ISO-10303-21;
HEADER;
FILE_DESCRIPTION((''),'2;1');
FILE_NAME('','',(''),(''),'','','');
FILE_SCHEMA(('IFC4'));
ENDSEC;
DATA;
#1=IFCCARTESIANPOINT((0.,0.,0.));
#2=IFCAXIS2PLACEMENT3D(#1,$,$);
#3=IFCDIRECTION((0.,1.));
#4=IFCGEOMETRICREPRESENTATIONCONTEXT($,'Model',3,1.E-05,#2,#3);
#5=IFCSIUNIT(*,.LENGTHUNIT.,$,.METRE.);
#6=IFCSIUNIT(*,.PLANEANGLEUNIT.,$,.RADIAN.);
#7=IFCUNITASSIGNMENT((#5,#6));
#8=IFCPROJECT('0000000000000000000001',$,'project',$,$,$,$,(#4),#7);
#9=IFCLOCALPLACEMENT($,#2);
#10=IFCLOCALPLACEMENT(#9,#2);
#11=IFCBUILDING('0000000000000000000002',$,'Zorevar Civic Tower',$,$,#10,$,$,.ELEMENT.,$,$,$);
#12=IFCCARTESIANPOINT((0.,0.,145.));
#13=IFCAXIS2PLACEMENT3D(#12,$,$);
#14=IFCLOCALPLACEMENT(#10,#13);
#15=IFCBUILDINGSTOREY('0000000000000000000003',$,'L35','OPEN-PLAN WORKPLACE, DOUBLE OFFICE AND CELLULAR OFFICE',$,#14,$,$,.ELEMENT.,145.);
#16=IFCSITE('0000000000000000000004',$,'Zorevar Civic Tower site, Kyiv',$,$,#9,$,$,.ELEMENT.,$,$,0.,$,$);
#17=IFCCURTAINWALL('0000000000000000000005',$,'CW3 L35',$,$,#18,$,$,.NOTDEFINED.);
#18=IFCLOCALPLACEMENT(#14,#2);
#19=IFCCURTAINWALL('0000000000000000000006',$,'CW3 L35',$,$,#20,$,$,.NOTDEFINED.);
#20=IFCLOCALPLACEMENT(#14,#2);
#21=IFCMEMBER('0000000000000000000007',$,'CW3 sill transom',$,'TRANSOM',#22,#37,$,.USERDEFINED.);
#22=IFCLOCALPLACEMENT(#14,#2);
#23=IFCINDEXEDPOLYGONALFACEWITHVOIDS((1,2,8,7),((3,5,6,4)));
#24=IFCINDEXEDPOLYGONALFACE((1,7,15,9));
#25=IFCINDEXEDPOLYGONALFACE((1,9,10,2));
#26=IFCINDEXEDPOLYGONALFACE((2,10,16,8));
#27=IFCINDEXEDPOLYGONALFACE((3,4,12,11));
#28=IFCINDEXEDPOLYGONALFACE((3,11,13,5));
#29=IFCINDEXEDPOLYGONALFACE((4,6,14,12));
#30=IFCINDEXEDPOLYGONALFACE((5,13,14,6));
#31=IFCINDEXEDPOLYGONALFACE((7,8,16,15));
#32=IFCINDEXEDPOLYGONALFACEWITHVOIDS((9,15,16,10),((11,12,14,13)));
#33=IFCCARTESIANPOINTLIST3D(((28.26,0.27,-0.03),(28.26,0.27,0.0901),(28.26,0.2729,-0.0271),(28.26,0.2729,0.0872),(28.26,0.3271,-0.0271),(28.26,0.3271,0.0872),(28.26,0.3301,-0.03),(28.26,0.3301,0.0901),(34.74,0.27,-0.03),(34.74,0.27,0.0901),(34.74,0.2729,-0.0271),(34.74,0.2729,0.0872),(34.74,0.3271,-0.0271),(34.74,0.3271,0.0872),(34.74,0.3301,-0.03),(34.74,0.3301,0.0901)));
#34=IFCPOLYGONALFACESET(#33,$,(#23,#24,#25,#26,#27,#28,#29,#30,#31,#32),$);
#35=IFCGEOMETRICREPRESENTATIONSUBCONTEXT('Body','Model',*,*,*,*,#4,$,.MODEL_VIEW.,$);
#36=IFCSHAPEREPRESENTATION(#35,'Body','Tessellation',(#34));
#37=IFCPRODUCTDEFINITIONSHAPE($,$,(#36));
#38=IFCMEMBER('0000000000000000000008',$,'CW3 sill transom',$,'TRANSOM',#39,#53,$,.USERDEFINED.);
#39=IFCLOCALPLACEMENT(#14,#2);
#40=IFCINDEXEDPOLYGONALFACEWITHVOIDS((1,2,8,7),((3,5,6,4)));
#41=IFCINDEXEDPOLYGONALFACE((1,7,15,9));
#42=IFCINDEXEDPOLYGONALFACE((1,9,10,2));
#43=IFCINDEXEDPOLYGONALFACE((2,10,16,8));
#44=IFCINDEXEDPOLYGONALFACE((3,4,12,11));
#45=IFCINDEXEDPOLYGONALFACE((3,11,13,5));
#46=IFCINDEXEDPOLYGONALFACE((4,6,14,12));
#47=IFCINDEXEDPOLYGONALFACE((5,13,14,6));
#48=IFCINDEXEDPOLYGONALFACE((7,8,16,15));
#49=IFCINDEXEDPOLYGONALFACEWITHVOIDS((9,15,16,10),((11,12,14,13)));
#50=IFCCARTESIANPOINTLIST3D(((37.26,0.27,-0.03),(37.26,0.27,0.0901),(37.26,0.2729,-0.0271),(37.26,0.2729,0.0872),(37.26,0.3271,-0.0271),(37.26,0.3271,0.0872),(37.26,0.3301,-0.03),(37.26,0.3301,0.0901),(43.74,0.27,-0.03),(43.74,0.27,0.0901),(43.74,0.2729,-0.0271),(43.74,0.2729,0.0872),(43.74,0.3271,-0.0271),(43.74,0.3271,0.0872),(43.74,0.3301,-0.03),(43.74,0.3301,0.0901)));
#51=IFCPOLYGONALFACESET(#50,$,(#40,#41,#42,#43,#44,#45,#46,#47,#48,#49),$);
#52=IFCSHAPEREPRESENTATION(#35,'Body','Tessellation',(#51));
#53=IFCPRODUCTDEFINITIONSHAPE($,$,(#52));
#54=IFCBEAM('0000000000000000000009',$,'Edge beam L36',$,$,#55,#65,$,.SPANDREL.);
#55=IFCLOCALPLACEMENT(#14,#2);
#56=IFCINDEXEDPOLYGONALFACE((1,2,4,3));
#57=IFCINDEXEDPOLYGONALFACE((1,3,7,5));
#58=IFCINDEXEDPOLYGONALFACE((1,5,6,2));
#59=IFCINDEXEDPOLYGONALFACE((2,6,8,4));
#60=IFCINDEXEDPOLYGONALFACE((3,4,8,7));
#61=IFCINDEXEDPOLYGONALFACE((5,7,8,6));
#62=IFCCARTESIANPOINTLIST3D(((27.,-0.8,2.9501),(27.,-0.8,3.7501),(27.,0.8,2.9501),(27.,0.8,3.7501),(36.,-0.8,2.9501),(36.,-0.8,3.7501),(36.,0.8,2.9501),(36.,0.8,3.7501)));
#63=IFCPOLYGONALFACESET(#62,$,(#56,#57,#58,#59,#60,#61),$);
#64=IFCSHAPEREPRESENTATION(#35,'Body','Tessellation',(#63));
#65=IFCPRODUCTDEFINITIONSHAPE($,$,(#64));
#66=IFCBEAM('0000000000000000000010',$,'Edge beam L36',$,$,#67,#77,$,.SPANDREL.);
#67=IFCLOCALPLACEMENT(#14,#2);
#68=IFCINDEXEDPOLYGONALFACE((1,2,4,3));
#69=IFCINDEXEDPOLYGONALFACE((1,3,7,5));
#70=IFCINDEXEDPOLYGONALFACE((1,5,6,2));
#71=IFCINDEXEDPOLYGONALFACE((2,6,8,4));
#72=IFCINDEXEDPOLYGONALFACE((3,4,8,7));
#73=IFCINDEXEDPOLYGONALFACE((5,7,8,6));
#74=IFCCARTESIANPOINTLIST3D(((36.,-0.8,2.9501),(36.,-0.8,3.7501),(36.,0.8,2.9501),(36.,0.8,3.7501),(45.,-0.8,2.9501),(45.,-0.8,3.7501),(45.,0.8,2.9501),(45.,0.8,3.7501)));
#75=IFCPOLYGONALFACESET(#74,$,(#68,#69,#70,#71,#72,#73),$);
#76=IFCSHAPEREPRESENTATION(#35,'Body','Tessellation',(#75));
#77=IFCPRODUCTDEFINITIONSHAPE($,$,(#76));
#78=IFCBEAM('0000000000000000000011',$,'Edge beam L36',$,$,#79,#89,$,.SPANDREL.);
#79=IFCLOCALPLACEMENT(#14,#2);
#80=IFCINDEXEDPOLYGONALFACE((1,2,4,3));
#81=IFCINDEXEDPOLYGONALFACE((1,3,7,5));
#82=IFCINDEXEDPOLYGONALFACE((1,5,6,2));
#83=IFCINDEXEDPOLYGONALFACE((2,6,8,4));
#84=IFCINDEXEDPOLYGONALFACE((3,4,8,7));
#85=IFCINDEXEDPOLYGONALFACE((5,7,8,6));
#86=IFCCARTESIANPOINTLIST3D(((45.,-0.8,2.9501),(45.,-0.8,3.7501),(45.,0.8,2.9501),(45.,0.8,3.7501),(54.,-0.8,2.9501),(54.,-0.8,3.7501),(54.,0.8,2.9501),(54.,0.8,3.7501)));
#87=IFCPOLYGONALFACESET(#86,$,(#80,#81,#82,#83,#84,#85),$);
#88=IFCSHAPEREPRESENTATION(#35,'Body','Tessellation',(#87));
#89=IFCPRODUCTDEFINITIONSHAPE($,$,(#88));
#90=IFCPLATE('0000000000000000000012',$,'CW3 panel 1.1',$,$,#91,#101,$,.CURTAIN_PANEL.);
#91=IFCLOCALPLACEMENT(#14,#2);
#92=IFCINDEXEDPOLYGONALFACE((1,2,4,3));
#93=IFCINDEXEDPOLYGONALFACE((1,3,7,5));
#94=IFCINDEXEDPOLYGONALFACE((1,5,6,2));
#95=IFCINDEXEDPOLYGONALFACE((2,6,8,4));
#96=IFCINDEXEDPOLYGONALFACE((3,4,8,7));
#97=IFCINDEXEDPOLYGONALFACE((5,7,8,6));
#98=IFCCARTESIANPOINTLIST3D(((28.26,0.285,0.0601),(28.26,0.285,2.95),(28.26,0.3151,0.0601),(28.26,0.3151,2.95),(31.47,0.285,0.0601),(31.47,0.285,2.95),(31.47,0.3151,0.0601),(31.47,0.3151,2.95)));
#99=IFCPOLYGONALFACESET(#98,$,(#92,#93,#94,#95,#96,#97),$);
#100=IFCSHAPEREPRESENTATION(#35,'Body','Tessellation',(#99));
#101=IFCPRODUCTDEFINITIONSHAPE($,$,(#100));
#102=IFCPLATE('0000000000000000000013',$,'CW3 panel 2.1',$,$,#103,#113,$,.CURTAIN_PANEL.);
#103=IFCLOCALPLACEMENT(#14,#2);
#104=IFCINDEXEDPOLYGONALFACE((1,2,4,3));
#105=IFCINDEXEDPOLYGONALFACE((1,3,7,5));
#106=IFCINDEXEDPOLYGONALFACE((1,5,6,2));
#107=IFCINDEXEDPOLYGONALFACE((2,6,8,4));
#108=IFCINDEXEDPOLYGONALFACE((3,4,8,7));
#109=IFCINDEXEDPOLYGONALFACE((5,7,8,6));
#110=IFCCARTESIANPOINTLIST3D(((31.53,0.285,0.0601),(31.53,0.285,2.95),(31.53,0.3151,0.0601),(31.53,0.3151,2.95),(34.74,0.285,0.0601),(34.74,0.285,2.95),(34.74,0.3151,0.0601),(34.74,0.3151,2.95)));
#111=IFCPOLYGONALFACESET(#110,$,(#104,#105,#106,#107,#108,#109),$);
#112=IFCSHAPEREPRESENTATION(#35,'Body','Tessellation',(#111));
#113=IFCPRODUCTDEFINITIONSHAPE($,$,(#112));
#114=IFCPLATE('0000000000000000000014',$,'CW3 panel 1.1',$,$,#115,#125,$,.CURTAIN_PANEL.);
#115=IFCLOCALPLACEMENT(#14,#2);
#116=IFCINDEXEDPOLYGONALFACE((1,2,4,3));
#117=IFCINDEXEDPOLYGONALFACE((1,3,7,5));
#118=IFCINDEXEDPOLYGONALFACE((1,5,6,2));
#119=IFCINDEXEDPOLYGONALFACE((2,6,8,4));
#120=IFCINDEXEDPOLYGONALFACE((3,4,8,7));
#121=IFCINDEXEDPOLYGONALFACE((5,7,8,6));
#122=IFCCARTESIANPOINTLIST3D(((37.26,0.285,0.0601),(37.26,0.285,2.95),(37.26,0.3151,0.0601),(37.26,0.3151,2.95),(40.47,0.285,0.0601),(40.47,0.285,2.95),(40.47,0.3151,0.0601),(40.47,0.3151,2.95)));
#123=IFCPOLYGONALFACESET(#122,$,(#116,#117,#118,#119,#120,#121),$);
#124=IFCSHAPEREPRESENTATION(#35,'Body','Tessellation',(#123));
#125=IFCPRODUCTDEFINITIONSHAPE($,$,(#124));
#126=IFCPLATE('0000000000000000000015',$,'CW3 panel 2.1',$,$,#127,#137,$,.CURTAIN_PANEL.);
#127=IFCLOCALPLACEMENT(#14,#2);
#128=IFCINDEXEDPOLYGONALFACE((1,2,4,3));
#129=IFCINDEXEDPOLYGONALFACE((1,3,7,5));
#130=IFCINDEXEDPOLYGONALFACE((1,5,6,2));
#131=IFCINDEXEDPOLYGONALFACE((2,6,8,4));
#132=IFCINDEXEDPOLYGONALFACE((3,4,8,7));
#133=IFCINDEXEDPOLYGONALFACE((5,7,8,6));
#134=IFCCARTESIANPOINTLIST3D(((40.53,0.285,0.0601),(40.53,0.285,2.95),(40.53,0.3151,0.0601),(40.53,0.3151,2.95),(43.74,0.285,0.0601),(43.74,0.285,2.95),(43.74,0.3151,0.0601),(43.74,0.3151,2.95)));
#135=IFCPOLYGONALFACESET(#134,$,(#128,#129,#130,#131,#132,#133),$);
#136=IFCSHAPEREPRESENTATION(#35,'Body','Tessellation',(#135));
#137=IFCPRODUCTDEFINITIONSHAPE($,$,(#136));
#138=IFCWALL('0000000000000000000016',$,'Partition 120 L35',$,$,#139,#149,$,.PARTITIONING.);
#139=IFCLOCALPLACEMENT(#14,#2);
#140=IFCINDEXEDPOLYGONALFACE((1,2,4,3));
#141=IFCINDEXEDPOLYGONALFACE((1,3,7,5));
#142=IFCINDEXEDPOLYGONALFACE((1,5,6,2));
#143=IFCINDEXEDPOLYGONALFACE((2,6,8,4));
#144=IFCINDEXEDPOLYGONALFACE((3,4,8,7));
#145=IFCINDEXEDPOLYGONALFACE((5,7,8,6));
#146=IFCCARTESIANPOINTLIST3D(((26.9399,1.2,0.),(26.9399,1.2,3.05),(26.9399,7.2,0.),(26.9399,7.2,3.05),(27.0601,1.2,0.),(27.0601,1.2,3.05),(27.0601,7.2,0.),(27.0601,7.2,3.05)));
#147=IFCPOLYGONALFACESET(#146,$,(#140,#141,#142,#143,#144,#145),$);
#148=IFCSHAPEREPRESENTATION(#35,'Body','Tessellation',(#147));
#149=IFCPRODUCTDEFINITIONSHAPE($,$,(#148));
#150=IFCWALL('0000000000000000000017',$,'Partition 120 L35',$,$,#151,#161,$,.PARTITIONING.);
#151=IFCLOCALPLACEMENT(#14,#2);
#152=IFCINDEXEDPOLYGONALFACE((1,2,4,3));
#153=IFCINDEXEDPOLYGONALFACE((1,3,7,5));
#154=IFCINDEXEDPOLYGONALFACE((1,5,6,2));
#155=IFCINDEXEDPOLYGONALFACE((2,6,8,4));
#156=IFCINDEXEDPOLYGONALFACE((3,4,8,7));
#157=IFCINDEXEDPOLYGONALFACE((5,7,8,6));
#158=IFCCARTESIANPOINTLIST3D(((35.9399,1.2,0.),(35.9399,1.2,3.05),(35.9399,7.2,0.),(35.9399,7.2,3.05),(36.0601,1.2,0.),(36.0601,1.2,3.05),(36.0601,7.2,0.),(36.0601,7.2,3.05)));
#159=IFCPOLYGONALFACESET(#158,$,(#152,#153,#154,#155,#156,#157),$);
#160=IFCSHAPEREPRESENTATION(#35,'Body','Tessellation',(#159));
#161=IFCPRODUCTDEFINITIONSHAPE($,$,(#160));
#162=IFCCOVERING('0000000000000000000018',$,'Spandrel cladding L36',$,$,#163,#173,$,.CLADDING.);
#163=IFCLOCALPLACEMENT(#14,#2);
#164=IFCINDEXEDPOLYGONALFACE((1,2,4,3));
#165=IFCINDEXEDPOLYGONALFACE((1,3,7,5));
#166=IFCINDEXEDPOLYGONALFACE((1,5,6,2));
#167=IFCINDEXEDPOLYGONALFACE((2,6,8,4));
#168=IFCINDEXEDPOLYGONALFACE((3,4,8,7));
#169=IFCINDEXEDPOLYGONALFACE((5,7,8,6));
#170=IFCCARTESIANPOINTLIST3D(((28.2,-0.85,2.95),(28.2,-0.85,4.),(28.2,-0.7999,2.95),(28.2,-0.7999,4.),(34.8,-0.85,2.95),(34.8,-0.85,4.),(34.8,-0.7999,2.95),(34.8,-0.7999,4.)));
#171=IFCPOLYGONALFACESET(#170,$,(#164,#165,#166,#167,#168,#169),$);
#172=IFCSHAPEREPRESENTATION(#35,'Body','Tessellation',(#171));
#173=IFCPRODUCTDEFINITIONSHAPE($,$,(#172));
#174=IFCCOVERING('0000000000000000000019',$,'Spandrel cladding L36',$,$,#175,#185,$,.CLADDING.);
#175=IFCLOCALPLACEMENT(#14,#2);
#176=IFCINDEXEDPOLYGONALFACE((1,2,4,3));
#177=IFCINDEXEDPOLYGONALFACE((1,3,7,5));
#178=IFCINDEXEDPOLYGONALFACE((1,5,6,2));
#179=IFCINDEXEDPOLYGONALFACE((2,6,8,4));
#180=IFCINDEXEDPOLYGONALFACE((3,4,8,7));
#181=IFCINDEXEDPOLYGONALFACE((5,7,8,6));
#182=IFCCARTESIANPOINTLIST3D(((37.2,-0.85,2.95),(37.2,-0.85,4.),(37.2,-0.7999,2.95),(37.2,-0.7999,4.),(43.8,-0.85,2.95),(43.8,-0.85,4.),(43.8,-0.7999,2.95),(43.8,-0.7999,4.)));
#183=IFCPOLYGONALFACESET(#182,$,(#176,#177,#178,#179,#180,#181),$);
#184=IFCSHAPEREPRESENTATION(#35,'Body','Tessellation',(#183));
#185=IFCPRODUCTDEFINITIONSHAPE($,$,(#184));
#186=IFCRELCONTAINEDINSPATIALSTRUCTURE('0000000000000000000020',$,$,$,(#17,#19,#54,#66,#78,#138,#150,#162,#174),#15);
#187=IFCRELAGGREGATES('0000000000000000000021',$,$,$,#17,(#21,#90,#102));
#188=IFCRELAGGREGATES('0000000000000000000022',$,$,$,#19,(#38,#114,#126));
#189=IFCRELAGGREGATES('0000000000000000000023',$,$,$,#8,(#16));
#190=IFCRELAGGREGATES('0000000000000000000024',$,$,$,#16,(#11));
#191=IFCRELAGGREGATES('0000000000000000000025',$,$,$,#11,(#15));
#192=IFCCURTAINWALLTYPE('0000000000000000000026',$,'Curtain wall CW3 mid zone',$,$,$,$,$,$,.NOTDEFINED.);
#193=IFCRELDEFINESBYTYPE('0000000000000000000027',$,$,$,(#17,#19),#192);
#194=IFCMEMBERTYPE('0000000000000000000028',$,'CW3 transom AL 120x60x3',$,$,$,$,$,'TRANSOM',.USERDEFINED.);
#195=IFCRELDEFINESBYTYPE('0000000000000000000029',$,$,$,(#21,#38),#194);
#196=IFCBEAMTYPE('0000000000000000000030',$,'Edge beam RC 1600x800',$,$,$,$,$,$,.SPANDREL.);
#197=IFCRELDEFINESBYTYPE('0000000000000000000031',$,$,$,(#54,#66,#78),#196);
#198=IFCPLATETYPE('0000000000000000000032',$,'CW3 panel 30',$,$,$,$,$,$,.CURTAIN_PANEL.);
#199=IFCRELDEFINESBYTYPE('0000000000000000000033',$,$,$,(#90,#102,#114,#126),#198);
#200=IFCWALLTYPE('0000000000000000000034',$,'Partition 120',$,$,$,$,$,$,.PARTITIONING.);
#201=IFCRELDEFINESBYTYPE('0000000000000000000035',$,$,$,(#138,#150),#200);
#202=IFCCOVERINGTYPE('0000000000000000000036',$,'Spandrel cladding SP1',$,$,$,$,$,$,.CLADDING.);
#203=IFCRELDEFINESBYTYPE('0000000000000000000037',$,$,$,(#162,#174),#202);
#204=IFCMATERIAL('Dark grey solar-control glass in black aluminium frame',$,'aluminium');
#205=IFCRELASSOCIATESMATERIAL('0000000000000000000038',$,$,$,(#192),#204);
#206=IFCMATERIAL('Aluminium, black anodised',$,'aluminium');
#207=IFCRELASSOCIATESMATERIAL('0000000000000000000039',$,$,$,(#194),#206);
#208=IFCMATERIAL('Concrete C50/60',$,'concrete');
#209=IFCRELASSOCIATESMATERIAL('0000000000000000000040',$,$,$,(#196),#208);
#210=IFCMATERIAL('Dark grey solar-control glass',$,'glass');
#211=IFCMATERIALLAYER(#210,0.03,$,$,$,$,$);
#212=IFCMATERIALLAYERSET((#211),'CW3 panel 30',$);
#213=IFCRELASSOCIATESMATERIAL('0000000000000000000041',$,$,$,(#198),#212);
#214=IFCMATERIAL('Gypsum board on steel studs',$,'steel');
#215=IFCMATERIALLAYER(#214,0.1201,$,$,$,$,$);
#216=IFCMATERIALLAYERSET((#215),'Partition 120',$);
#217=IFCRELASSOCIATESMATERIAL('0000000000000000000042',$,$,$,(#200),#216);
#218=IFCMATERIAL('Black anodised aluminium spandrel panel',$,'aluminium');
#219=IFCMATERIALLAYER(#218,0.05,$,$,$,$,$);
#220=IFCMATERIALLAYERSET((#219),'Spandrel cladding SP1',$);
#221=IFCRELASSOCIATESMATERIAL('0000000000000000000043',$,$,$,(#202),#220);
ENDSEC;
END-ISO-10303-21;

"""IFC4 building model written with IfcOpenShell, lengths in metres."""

from ifc_helpers import new_model, si_unit, direction, frame, frame_2d, origin, origin_2d, place, context, subcontext, project, spatial, rectangle, hollow_rectangle, extrude, material, layer, layer_set, material_profile, profile_set, type_object, element, aggregate, save


model = new_model("IFC4")

# Units and contexts
model_context = context("Model", 3, precision=1e-05, world=origin(), true_north=direction((0.0, 1.0)))
body_context = subcontext(model_context, "Body", "Model", "MODEL_VIEW")
ifc_project = project(units=[si_unit("LENGTHUNIT", "METRE"), si_unit("PLANEANGLEUNIT", "RADIAN")], contexts=[model_context])

# Site, building, storey
site_placement = place(None, origin())
site = spatial("IfcSite", under=ifc_project, at=site_placement, Name="Zorevar Civic Tower site, Kyiv", CompositionType="ELEMENT", RefElevation=0.0)
building_placement = place(site_placement, origin())
building = spatial("IfcBuilding", under=site, at=building_placement, Name="Zorevar Civic Tower", CompositionType="ELEMENT")
storey_placement = place(building_placement, frame((0.0, 0.0, 145.0)))
storey = spatial("IfcBuildingStorey", under=building, at=storey_placement, Name="L35", Description="OPEN-PLAN WORKPLACE, DOUBLE OFFICE AND CELLULAR OFFICE", CompositionType="ELEMENT", Elevation=145.0)

# Shared definitions
ifc_material_1 = material(Name="Dark grey solar-control glass in black aluminium frame", Category="aluminium")
curtain_wall_type = type_object("IfcCurtainWallType", Name="Curtain wall CW3 mid zone", PredefinedType="NOTDEFINED", material=ifc_material_1)

# Curtain walls
curtain_wall_1_placement = place(storey_placement, origin())
curtain_wall_1 = element("IfcCurtainWall", 1, at=curtain_wall_1_placement, inside=storey, type_object=curtain_wall_type, Name="CW3 L35", PredefinedType="NOTDEFINED")
curtain_wall_2_placement = place(storey_placement, origin())
curtain_wall_2 = element("IfcCurtainWall", 2, at=curtain_wall_2_placement, inside=storey, type_object=curtain_wall_type, Name="CW3 L35", PredefinedType="NOTDEFINED")

# Members
ifc_material_2 = material(Name="Aluminium, black anodised", Category="aluminium")
ifc_material_profile_1 = material_profile(ifc_material_2, hollow_rectangle(XDim=0.0601, YDim=0.1201, WallThickness=0.0029, at=origin_2d()), Name="AL 120x60x3")
ifc_profile_set_1 = profile_set([ifc_material_profile_1], Name="Aluminium, black anodised")
member_type_1 = type_object("IfcMemberType", Name="CW3 transom AL 120x60x3", ElementType="TRANSOM", PredefinedType="USERDEFINED", material=ifc_profile_set_1)
member_1_placement = place(storey_placement, frame((28.26, 0.3, 0.03), z_axis=(1.0, 0.0, 0.0), x_axis=(0.0, 1.0, 0.0)))
member_1 = element("IfcMember", 3, at=member_1_placement, type_object=member_type_1, Name="CW3 sill transom", ObjectType="TRANSOM", PredefinedType="USERDEFINED", context=body_context, shape_type="SweptSolid", body=[
    extrude(hollow_rectangle(XDim=0.0601, YDim=0.1201, WallThickness=0.0029, at=origin_2d()), origin(), (0.0, 0.0, 1.0), 6.48),
])
member_2_placement = place(storey_placement, frame((37.26, 0.3, 0.03), z_axis=(1.0, 0.0, 0.0), x_axis=(0.0, 1.0, 0.0)))
member_2 = element("IfcMember", 4, at=member_2_placement, type_object=member_type_1, Name="CW3 sill transom", ObjectType="TRANSOM", PredefinedType="USERDEFINED", context=body_context, shape_type="SweptSolid", body=[
    extrude(hollow_rectangle(XDim=0.0601, YDim=0.1201, WallThickness=0.0029, at=origin_2d()), origin(), (0.0, 0.0, 1.0), 6.48),
])

# Beams
ifc_material_3 = material(Name="Concrete C50/60", Category="concrete")
ifc_material_profile_2 = material_profile(ifc_material_3, rectangle(XDim=1.6001, YDim=0.8, at=origin_2d()), Name="RC 1600x800")
ifc_profile_set_2 = profile_set([ifc_material_profile_2], Name="Concrete C50/60")
beam_type_1 = type_object("IfcBeamType", Name="Edge beam RC 1600x800", PredefinedType="SPANDREL", material=ifc_profile_set_2)
for number, where, z_axis, x_axis, name in (
    (5, (27.0, 0.0, 3.3501), (1.0, 0.0, 0.0), (0.0, 1.0, 0.0), "Edge beam L36"),
    (6, (36.0, 0.0, 3.3501), (1.0, 0.0, 0.0), (0.0, 1.0, 0.0), "Edge beam L36"),
    (7, (45.0, 0.0, 3.3501), (1.0, 0.0, 0.0), (0.0, 1.0, 0.0), "Edge beam L36"),
):
    element("IfcBeam", number, at=place(storey_placement, frame(where, z_axis=z_axis, x_axis=x_axis)), inside=storey, type_object=beam_type_1, Name=name, PredefinedType="SPANDREL", context=body_context, shape_type="SweptSolid", body=[
        extrude(rectangle(XDim=1.6001, YDim=0.8, at=origin_2d()), origin(), (0.0, 0.0, 1.0), 9.0),
    ])

# Plates
ifc_material_4 = material(Name="Dark grey solar-control glass", Category="glass")
ifc_layer_1 = layer(ifc_material_4, 0.03)
ifc_layer_set_1 = layer_set([ifc_layer_1], Name="CW3 panel 30")
plate_type = type_object("IfcPlateType", Name="CW3 panel 30", PredefinedType="CURTAIN_PANEL", material=ifc_layer_set_1)
plate_1_placement = place(storey_placement, frame((29.865, 0.3, 0.0601), z_axis=(0.0, 0.0, 1.0), x_axis=(1.0, 0.0, 0.0)))
plate_1 = element("IfcPlate", 8, at=plate_1_placement, type_object=plate_type, Name="CW3 panel 1.1", PredefinedType="CURTAIN_PANEL", context=body_context, shape_type="SweptSolid", body=[
    extrude(rectangle(XDim=3.21, YDim=0.03, at=origin_2d()), origin(), (0.0, 0.0, 1.0), 2.8899),
])
plate_2_placement = place(storey_placement, frame((33.135, 0.3, 0.0601), z_axis=(0.0, 0.0, 1.0), x_axis=(1.0, 0.0, 0.0)))
plate_2 = element("IfcPlate", 9, at=plate_2_placement, type_object=plate_type, Name="CW3 panel 2.1", PredefinedType="CURTAIN_PANEL", context=body_context, shape_type="SweptSolid", body=[
    extrude(rectangle(XDim=3.21, YDim=0.03, at=origin_2d()), origin(), (0.0, 0.0, 1.0), 2.8899),
])
aggregate(curtain_wall_1, [member_1, plate_1, plate_2])
plate_3_placement = place(storey_placement, frame((38.865, 0.3, 0.0601), z_axis=(0.0, 0.0, 1.0), x_axis=(1.0, 0.0, 0.0)))
plate_3 = element("IfcPlate", 10, at=plate_3_placement, type_object=plate_type, Name="CW3 panel 1.1", PredefinedType="CURTAIN_PANEL", context=body_context, shape_type="SweptSolid", body=[
    extrude(rectangle(XDim=3.21, YDim=0.03, at=origin_2d()), origin(), (0.0, 0.0, 1.0), 2.8899),
])
plate_4_placement = place(storey_placement, frame((42.135, 0.3, 0.0601), z_axis=(0.0, 0.0, 1.0), x_axis=(1.0, 0.0, 0.0)))
plate_4 = element("IfcPlate", 11, at=plate_4_placement, type_object=plate_type, Name="CW3 panel 2.1", PredefinedType="CURTAIN_PANEL", context=body_context, shape_type="SweptSolid", body=[
    extrude(rectangle(XDim=3.21, YDim=0.03, at=origin_2d()), origin(), (0.0, 0.0, 1.0), 2.8899),
])
aggregate(curtain_wall_2, [member_2, plate_3, plate_4])

# Walls
ifc_material_5 = material(Name="Gypsum board on steel studs", Category="steel")
ifc_layer_2 = layer(ifc_material_5, 0.1201)
ifc_layer_set_2 = layer_set([ifc_layer_2], Name="Partition 120")
wall_type = type_object("IfcWallType", Name="Partition 120", PredefinedType="PARTITIONING", material=ifc_layer_set_2)
for number, where, z_axis, x_axis, name in (
    (12, (27.0, 1.2, 0.0), (0.0, 0.0, 1.0), (0.0, 1.0, 0.0), "Partition 120 L35"),
    (13, (36.0, 1.2, 0.0), (0.0, 0.0, 1.0), (0.0, 1.0, 0.0), "Partition 120 L35"),
):
    element("IfcWall", number, at=place(storey_placement, frame(where, z_axis=z_axis, x_axis=x_axis)), inside=storey, type_object=wall_type, Name=name, PredefinedType="PARTITIONING", context=body_context, shape_type="SweptSolid", body=[
        extrude(rectangle(XDim=6.0, YDim=0.1201, at=frame_2d((3.0, 0.0))), origin(), (0.0, 0.0, 1.0), 3.05),
    ])

# Coverings
ifc_material_6 = material(Name="Black anodised aluminium spandrel panel", Category="aluminium")
ifc_layer_3 = layer(ifc_material_6, 0.05)
ifc_layer_set_3 = layer_set([ifc_layer_3], Name="Spandrel cladding SP1")
covering_type = type_object("IfcCoveringType", Name="Spandrel cladding SP1", PredefinedType="CLADDING", material=ifc_layer_set_3)
for number, where, z_axis, x_axis, name in (
    (14, (28.2, -0.825, 2.95), (0.0, 0.0, 1.0), (1.0, 0.0, 0.0), "Spandrel cladding L36"),
    (15, (37.2, -0.825, 2.95), (0.0, 0.0, 1.0), (1.0, 0.0, 0.0), "Spandrel cladding L36"),
):
    element("IfcCovering", number, at=place(storey_placement, frame(where, z_axis=z_axis, x_axis=x_axis)), inside=storey, type_object=covering_type, Name=name, PredefinedType="CLADDING", context=body_context, shape_type="SweptSolid", body=[
        extrude(rectangle(XDim=6.6001, YDim=0.05, at=frame_2d((3.3, 0.0))), origin(), (0.0, 0.0, 1.0), 1.05),
    ])

save(model, "model.ifc")
